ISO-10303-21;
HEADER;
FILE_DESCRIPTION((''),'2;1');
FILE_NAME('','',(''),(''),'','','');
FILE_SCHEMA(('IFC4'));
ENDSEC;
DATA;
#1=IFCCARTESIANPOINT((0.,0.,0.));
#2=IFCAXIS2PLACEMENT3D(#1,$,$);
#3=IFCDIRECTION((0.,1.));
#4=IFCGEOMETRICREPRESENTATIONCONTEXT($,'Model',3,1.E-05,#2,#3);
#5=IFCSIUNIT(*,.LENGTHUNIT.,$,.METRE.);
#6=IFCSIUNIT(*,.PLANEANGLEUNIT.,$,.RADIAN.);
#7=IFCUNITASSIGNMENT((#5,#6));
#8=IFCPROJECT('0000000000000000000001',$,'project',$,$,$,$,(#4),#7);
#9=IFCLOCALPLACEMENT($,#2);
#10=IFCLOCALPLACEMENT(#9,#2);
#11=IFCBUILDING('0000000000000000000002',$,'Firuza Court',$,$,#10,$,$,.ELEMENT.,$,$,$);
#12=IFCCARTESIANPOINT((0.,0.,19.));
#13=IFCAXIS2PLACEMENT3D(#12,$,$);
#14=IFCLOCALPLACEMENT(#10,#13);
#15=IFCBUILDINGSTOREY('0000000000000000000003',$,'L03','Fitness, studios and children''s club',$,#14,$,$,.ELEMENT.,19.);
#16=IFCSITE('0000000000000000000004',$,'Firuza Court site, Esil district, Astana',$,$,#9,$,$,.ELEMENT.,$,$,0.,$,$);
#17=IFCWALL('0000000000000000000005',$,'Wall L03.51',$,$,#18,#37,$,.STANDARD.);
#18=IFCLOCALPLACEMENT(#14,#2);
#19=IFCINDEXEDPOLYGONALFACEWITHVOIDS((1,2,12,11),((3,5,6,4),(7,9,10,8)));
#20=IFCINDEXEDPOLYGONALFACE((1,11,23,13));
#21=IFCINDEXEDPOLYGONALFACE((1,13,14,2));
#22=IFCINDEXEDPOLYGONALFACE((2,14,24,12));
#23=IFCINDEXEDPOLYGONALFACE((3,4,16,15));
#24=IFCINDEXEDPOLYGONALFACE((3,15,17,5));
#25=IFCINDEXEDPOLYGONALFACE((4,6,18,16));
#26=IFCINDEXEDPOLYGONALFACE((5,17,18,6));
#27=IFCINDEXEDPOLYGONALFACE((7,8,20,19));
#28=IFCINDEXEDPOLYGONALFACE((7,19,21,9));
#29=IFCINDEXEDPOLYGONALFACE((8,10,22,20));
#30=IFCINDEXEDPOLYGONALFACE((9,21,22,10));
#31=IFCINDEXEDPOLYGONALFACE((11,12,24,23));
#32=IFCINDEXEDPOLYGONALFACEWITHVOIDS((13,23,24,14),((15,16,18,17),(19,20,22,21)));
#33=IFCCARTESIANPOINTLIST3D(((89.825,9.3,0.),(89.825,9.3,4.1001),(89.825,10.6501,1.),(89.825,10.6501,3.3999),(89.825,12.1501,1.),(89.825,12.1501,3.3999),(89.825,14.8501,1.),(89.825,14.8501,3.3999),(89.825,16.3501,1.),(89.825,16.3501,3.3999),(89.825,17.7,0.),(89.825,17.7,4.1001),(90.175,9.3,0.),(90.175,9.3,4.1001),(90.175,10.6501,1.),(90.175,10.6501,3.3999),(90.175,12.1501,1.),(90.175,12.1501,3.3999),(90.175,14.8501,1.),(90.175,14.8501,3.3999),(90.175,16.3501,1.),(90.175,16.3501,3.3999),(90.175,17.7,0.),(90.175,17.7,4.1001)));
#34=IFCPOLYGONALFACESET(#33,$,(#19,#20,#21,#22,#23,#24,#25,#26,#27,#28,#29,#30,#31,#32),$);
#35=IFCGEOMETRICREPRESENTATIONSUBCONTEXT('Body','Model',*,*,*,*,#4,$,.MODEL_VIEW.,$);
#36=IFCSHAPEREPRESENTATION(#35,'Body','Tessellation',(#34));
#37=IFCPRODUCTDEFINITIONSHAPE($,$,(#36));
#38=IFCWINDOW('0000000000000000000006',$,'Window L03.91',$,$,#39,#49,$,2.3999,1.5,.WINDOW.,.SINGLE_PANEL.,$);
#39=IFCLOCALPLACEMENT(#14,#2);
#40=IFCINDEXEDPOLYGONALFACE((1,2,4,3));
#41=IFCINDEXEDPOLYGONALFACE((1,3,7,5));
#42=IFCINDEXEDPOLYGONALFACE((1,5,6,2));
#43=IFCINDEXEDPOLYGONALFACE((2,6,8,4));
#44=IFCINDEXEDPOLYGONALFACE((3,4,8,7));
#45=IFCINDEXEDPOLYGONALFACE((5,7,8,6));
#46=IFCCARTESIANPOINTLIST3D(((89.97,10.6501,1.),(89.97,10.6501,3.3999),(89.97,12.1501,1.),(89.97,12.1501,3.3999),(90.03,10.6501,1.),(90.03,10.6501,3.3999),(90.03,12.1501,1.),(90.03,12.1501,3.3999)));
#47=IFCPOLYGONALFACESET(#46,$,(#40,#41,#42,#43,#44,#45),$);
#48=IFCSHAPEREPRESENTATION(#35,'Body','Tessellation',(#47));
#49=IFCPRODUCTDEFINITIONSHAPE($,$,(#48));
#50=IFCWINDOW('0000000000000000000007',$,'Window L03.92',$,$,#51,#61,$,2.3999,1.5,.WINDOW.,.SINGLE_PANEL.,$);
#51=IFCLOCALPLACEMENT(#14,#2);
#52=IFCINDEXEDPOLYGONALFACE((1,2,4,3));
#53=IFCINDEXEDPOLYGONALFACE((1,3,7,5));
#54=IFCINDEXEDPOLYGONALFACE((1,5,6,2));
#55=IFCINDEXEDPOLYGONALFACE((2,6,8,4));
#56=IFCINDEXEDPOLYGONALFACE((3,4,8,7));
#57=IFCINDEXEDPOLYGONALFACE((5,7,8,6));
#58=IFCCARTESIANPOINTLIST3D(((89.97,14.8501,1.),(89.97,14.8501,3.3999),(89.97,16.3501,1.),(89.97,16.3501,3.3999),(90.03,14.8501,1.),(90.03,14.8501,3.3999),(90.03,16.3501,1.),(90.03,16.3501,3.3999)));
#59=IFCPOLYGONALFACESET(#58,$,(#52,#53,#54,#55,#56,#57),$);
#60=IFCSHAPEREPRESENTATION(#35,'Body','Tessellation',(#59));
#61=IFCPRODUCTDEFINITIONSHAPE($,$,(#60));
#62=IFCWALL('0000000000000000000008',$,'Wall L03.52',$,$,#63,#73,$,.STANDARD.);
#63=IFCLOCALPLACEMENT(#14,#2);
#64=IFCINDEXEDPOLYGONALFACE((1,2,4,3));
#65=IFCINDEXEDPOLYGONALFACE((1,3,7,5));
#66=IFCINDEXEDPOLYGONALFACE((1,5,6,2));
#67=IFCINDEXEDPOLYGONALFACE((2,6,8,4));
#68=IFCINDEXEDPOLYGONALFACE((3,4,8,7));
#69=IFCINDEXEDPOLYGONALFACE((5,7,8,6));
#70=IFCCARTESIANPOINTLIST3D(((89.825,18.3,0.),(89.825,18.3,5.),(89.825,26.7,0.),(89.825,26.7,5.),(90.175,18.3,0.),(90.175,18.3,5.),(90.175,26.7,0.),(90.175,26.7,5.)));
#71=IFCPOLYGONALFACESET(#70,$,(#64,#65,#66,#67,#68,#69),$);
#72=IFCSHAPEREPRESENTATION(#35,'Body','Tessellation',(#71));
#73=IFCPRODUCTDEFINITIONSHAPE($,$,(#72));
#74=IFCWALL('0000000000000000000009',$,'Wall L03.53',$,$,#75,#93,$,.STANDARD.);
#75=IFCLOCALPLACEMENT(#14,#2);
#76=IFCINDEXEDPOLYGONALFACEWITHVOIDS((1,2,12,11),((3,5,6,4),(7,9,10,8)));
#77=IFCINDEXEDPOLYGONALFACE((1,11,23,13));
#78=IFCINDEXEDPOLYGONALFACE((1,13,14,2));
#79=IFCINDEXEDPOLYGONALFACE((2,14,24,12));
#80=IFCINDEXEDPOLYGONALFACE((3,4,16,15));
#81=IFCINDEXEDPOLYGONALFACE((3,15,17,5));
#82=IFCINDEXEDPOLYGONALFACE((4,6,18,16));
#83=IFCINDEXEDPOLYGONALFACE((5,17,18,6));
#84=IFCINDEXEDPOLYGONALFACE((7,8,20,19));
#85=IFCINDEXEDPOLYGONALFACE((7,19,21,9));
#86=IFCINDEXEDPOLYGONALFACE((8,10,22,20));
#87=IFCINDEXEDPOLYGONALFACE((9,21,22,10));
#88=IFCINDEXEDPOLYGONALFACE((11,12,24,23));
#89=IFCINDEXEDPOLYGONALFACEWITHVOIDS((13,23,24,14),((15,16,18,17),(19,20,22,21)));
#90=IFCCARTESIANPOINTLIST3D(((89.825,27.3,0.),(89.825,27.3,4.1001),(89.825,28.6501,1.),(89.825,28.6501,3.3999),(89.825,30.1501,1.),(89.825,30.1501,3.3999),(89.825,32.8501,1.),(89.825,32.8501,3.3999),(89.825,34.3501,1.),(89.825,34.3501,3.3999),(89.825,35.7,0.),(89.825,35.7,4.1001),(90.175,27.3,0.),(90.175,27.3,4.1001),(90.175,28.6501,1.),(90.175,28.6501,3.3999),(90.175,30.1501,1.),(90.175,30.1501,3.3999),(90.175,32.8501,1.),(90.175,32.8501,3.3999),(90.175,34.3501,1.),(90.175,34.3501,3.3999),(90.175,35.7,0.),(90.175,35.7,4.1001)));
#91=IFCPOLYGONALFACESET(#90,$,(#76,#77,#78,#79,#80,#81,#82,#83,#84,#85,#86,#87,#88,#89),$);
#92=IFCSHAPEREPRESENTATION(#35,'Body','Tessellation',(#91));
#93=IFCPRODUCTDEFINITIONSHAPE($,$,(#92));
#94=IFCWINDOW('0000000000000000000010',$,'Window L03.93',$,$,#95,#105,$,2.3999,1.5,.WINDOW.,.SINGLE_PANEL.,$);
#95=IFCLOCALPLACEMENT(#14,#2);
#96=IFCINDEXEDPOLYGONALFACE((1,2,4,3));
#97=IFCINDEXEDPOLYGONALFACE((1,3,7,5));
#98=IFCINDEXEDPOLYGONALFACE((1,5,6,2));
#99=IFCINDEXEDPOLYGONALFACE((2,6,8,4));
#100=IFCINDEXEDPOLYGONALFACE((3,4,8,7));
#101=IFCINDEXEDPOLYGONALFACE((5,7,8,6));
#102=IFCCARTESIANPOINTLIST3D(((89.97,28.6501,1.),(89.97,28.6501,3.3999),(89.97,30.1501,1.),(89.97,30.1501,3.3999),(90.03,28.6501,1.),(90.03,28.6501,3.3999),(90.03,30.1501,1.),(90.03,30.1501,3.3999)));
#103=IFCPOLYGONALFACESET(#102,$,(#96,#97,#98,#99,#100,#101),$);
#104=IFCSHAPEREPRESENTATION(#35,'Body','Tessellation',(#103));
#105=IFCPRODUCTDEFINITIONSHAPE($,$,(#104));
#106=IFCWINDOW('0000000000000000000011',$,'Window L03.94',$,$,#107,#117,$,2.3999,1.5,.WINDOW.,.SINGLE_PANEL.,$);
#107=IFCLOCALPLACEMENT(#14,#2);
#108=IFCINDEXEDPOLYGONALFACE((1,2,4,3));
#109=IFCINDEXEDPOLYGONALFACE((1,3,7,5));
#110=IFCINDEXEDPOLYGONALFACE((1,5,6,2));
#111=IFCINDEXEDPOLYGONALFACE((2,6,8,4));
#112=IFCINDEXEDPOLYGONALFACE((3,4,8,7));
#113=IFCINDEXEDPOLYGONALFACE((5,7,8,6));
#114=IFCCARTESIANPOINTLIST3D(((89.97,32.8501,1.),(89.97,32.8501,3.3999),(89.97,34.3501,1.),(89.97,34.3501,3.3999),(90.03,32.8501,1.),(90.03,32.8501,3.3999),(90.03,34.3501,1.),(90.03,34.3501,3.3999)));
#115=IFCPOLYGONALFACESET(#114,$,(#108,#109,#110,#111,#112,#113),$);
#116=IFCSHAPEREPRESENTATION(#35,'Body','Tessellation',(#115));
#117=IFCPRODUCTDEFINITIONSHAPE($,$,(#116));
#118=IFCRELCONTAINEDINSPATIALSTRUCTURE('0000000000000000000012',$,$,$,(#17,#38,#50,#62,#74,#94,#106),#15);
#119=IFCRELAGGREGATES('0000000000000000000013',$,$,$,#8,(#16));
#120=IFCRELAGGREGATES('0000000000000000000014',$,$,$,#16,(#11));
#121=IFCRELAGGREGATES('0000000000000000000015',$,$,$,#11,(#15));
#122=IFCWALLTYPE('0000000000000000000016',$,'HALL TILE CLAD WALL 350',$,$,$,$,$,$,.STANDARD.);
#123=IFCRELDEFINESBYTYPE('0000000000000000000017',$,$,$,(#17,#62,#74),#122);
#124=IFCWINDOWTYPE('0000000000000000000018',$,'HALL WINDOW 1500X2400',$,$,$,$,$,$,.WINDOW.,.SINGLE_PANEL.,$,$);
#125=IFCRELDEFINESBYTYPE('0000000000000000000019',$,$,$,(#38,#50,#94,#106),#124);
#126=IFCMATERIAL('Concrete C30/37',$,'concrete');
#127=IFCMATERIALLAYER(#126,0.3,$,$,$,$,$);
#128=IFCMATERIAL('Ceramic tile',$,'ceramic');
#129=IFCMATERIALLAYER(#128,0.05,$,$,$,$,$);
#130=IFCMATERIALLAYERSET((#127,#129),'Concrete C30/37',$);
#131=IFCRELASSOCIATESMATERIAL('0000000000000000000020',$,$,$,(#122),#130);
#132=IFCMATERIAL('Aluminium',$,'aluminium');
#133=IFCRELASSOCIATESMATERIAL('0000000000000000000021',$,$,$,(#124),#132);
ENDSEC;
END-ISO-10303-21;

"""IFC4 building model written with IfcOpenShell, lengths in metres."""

from ifc_helpers import new_model, si_unit, direction, frame, frame_2d, origin, place, context, subcontext, project, spatial, rectangle, extrude, material, layer, layer_set, type_object, element, fill, save


model = new_model("IFC4")

# Units and contexts
model_context = context("Model", 3, precision=1e-05, world=origin(), true_north=direction((0.0, 1.0)))
body_context = subcontext(model_context, "Body", "Model", "MODEL_VIEW")
ifc_project = project(units=[si_unit("LENGTHUNIT", "METRE"), si_unit("PLANEANGLEUNIT", "RADIAN")], contexts=[model_context])

# Site, building, storey
site_placement = place(None, origin())
site = spatial("IfcSite", under=ifc_project, at=site_placement, Name="Firuza Court site, Esil district, Astana", CompositionType="ELEMENT", RefElevation=0.0)
building_placement = place(site_placement, origin())
building = spatial("IfcBuilding", under=site, at=building_placement, Name="Firuza Court", CompositionType="ELEMENT")
storey_placement = place(building_placement, frame((0.0, 0.0, 19.0)))
storey = spatial("IfcBuildingStorey", under=building, at=storey_placement, Name="L03", Description="Fitness, studios and children's club", CompositionType="ELEMENT", Elevation=19.0)

# Shared definitions
ifc_material_1 = material(Name="Concrete C30/37", Category="concrete")
ifc_layer_1 = layer(ifc_material_1, 0.3)
ifc_material_2 = material(Name="Ceramic tile", Category="ceramic")
ifc_layer_2 = layer(ifc_material_2, 0.05)
ifc_layer_set_1 = layer_set([ifc_layer_1, ifc_layer_2], Name="Concrete C30/37")
wall_type_1 = type_object("IfcWallType", Name="HALL TILE CLAD WALL 350", PredefinedType="STANDARD", material=ifc_layer_set_1)

# Wall, openings, windows
ifc_material_3 = material(Name="Aluminium", Category="aluminium")
window_type = type_object("IfcWindowType", Name="HALL WINDOW 1500X2400", PartitioningType="SINGLE_PANEL", PredefinedType="WINDOW", material=ifc_material_3)
wall_1_placement = place(storey_placement, frame((90.0, 9.3, 0.0), z_axis=(0.0, 0.0, 1.0), x_axis=(0.0, 1.0, 0.0)))
wall_1 = element("IfcWall", 1, at=wall_1_placement, inside=storey, type_object=wall_type_1, Name="Wall L03.51", PredefinedType="STANDARD", context=body_context, shape_type="SweptSolid", body=[
    extrude(rectangle(XDim=8.3999, YDim=0.3501, at=frame_2d((4.2, 0.0))), origin(), (0.0, 0.0, 1.0), 4.1001),
])
opening_1_placement = place(wall_1_placement, frame((1.3501, 0.0, 1.0)))
opening_1 = element("IfcOpeningElement", 2, at=opening_1_placement, cuts=wall_1, PredefinedType="OPENING", context=body_context, shape_type="SweptSolid", body=[
    extrude(rectangle(XDim=1.5, YDim=2.3999, at=frame_2d((0.75, 1.2))), frame((0.0, 0.187, 0.0), z_axis=(0.0, -1.0, 0.0), x_axis=(1.0, 0.0, 0.0)), (0.0, 0.0, 1.0), 0.374),
])
opening_2_placement = place(wall_1_placement, frame((5.55, 0.0, 1.0)))
opening_2 = element("IfcOpeningElement", 3, at=opening_2_placement, cuts=wall_1, PredefinedType="OPENING", context=body_context, shape_type="SweptSolid", body=[
    extrude(rectangle(XDim=1.5, YDim=2.3999, at=frame_2d((0.75, 1.2))), frame((0.0, 0.187, 0.0), z_axis=(0.0, -1.0, 0.0), x_axis=(1.0, 0.0, 0.0)), (0.0, 0.0, 1.0), 0.374),
])
window_1_placement = place(opening_1_placement, origin())
window_1 = element("IfcWindow", 4, at=window_1_placement, inside=storey, type_object=window_type, Name="Window L03.91", OverallHeight=2.3999, OverallWidth=1.5, PartitioningType="SINGLE_PANEL", PredefinedType="WINDOW", context=body_context, shape_type="SweptSolid", body=[
    extrude(rectangle(XDim=1.5, YDim=2.3999, at=frame_2d((0.75, 1.2))), frame((0.0, 0.03, 0.0), z_axis=(0.0, -1.0, 0.0), x_axis=(1.0, 0.0, 0.0)), (0.0, 0.0, 1.0), 0.0601),
])
fill(opening_1, window_1)
window_2_placement = place(opening_2_placement, origin())
window_2 = element("IfcWindow", 5, at=window_2_placement, inside=storey, type_object=window_type, Name="Window L03.92", OverallHeight=2.3999, OverallWidth=1.5, PartitioningType="SINGLE_PANEL", PredefinedType="WINDOW", context=body_context, shape_type="SweptSolid", body=[
    extrude(rectangle(XDim=1.5, YDim=2.3999, at=frame_2d((0.75, 1.2))), frame((0.0, 0.03, 0.0), z_axis=(0.0, -1.0, 0.0), x_axis=(1.0, 0.0, 0.0)), (0.0, 0.0, 1.0), 0.0601),
])
fill(opening_2, window_2)

# Wall
wall_2_placement = place(storey_placement, frame((90.0, 18.3, 0.0), z_axis=(0.0, 0.0, 1.0), x_axis=(0.0, 1.0, 0.0)))
element("IfcWall", 6, at=wall_2_placement, inside=storey, type_object=wall_type_1, Name="Wall L03.52", PredefinedType="STANDARD", context=body_context, shape_type="SweptSolid", body=[
    extrude(rectangle(XDim=8.3999, YDim=0.3501, at=frame_2d((4.2, 0.0))), origin(), (0.0, 0.0, 1.0), 5.0),
])

# Wall, openings, windows
wall_3_placement = place(storey_placement, frame((90.0, 27.3, 0.0), z_axis=(0.0, 0.0, 1.0), x_axis=(0.0, 1.0, 0.0)))
wall_3 = element("IfcWall", 7, at=wall_3_placement, inside=storey, type_object=wall_type_1, Name="Wall L03.53", PredefinedType="STANDARD", context=body_context, shape_type="SweptSolid", body=[
    extrude(rectangle(XDim=8.3999, YDim=0.3501, at=frame_2d((4.2, 0.0))), origin(), (0.0, 0.0, 1.0), 4.1001),
])
opening_3_placement = place(wall_3_placement, frame((1.3501, 0.0, 1.0)))
opening_3 = element("IfcOpeningElement", 8, at=opening_3_placement, cuts=wall_3, PredefinedType="OPENING", context=body_context, shape_type="SweptSolid", body=[
    extrude(rectangle(XDim=1.5, YDim=2.3999, at=frame_2d((0.75, 1.2))), frame((0.0, 0.187, 0.0), z_axis=(0.0, -1.0, 0.0), x_axis=(1.0, 0.0, 0.0)), (0.0, 0.0, 1.0), 0.374),
])
opening_4_placement = place(wall_3_placement, frame((5.55, 0.0, 1.0)))
opening_4 = element("IfcOpeningElement", 9, at=opening_4_placement, cuts=wall_3, PredefinedType="OPENING", context=body_context, shape_type="SweptSolid", body=[
    extrude(rectangle(XDim=1.5, YDim=2.3999, at=frame_2d((0.75, 1.2))), frame((0.0, 0.187, 0.0), z_axis=(0.0, -1.0, 0.0), x_axis=(1.0, 0.0, 0.0)), (0.0, 0.0, 1.0), 0.374),
])
window_3_placement = place(opening_3_placement, origin())
window_3 = element("IfcWindow", 10, at=window_3_placement, inside=storey, type_object=window_type, Name="Window L03.93", OverallHeight=2.3999, OverallWidth=1.5, PartitioningType="SINGLE_PANEL", PredefinedType="WINDOW", context=body_context, shape_type="SweptSolid", body=[
    extrude(rectangle(XDim=1.5, YDim=2.3999, at=frame_2d((0.75, 1.2))), frame((0.0, 0.03, 0.0), z_axis=(0.0, -1.0, 0.0), x_axis=(1.0, 0.0, 0.0)), (0.0, 0.0, 1.0), 0.0601),
])
fill(opening_3, window_3)
window_4_placement = place(opening_4_placement, origin())
window_4 = element("IfcWindow", 11, at=window_4_placement, inside=storey, type_object=window_type, Name="Window L03.94", OverallHeight=2.3999, OverallWidth=1.5, PartitioningType="SINGLE_PANEL", PredefinedType="WINDOW", context=body_context, shape_type="SweptSolid", body=[
    extrude(rectangle(XDim=1.5, YDim=2.3999, at=frame_2d((0.75, 1.2))), frame((0.0, 0.03, 0.0), z_axis=(0.0, -1.0, 0.0), x_axis=(1.0, 0.0, 0.0)), (0.0, 0.0, 1.0), 0.0601),
])
fill(opening_4, window_4)

save(model, "model.ifc")
